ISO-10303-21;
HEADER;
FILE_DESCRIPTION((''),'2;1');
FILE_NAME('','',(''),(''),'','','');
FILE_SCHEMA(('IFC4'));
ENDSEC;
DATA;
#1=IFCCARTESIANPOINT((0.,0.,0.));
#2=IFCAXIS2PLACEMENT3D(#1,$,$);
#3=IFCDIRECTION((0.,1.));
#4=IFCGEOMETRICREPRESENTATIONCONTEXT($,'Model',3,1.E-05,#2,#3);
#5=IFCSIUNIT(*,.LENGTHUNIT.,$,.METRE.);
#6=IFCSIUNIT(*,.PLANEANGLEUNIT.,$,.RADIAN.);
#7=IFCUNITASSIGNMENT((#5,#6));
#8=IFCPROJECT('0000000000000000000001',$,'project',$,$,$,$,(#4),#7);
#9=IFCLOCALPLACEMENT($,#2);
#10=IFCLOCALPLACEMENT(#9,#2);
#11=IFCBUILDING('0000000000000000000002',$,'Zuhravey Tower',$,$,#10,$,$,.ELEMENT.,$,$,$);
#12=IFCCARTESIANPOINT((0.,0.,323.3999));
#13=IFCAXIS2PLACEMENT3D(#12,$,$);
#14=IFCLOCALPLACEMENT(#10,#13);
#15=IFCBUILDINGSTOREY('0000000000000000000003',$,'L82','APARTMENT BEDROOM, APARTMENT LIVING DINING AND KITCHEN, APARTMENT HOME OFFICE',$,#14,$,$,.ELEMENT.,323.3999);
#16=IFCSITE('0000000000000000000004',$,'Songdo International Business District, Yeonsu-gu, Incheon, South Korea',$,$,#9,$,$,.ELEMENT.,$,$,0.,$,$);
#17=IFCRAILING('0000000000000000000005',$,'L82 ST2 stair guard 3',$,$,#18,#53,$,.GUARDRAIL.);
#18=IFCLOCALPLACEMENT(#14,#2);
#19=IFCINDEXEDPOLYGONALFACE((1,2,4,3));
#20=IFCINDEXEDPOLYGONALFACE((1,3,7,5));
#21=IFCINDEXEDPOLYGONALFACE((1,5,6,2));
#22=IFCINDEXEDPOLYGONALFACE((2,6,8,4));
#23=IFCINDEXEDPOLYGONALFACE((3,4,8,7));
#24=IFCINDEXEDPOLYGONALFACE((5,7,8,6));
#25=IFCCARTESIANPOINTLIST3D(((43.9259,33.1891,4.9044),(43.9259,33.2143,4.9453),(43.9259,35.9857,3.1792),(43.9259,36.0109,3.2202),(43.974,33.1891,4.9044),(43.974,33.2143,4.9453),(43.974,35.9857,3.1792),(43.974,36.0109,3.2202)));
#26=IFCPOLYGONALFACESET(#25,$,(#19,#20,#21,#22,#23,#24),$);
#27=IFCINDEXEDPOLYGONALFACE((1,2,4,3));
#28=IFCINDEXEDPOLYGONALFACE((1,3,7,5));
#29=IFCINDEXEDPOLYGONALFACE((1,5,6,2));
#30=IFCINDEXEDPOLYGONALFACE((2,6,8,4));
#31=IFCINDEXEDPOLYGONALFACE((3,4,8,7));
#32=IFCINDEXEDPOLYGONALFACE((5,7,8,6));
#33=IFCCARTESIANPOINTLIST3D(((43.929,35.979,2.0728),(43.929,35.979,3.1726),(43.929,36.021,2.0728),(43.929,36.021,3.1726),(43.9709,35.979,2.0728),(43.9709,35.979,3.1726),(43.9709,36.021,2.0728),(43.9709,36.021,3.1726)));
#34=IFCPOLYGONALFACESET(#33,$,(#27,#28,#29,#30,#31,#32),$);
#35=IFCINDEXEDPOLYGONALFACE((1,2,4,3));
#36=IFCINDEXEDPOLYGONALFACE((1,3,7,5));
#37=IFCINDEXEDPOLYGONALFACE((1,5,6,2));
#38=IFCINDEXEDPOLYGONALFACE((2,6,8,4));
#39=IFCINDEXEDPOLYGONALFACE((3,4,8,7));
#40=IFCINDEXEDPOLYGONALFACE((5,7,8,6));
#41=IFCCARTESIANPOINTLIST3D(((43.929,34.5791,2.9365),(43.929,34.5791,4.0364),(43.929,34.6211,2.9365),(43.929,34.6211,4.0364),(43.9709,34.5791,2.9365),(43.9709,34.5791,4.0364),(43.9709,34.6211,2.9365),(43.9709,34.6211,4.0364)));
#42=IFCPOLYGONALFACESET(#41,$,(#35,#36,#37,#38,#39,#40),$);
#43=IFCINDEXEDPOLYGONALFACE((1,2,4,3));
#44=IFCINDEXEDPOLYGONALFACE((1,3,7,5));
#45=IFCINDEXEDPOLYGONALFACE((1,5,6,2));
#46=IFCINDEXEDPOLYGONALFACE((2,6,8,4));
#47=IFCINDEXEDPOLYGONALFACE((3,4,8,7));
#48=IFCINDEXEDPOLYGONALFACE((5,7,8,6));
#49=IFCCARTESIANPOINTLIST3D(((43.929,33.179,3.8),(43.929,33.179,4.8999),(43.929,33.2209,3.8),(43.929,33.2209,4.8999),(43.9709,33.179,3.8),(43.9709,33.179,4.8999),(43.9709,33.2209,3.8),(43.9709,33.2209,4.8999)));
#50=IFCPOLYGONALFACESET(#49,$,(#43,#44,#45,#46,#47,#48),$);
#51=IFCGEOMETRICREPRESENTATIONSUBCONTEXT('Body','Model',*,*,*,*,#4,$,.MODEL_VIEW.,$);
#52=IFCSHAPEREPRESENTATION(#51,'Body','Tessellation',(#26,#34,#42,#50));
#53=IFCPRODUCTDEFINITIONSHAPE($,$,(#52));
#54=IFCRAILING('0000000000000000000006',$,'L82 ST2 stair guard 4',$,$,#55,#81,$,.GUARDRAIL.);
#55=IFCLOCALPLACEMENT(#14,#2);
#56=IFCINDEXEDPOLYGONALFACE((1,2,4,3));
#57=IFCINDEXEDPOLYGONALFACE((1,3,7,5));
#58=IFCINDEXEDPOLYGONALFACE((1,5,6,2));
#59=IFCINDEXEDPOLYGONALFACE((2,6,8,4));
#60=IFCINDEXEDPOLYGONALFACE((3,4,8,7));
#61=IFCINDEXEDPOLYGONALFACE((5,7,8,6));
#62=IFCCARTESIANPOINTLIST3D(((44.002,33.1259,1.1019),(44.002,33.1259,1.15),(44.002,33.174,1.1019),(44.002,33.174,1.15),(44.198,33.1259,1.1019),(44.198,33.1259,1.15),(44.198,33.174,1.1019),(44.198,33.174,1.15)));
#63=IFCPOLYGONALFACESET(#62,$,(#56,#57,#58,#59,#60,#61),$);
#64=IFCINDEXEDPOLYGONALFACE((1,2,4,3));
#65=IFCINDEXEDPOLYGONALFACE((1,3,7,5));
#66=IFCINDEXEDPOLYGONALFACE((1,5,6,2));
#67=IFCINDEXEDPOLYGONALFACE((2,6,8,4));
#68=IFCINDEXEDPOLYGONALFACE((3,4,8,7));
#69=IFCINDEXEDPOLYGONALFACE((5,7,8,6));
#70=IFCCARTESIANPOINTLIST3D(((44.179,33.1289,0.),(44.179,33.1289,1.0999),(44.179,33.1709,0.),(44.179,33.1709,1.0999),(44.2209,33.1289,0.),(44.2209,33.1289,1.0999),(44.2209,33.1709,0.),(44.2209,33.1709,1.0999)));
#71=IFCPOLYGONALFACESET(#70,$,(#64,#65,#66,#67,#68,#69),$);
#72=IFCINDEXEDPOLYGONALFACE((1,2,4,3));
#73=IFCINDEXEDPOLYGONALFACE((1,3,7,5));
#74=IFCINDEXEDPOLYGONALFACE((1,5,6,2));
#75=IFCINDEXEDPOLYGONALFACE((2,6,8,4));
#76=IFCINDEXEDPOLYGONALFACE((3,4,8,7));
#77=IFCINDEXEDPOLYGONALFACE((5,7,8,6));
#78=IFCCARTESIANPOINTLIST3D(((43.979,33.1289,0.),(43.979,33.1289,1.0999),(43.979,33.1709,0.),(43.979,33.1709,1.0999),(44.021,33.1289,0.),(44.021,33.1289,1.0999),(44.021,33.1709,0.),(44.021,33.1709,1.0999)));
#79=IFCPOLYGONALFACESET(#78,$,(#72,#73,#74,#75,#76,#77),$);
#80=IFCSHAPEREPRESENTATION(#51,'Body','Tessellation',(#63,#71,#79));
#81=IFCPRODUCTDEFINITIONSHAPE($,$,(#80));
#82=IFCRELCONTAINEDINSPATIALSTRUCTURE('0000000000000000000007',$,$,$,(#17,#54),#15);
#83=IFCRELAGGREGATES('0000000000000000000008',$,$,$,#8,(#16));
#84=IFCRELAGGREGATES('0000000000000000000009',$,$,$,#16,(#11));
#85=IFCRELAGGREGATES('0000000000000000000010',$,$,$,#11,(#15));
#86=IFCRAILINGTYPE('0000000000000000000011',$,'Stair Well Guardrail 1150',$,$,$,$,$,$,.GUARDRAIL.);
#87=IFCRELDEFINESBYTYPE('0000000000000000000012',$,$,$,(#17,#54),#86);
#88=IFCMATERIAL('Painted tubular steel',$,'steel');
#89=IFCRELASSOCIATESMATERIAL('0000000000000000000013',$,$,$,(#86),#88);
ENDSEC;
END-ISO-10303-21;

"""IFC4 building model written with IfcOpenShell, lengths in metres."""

from ifc_helpers import new_model, si_unit, direction, frame, origin, origin_2d, place, context, subcontext, project, spatial, rectangle, extrude, material, type_object, element, save


model = new_model("IFC4")

# Units and contexts
model_context = context("Model", 3, precision=1e-05, world=origin(), true_north=direction((0.0, 1.0)))
body_context = subcontext(model_context, "Body", "Model", "MODEL_VIEW")
ifc_project = project(units=[si_unit("LENGTHUNIT", "METRE"), si_unit("PLANEANGLEUNIT", "RADIAN")], contexts=[model_context])

# Site, building, storey
site_placement = place(None, origin())
site = spatial("IfcSite", under=ifc_project, at=site_placement, Name="Songdo International Business District, Yeonsu-gu, Incheon, South Korea", CompositionType="ELEMENT", RefElevation=0.0)
building_placement = place(site_placement, origin())
building = spatial("IfcBuilding", under=site, at=building_placement, Name="Zuhravey Tower", CompositionType="ELEMENT")
storey_placement = place(building_placement, frame((0.0, 0.0, 323.3999)))
storey = spatial("IfcBuildingStorey", under=building, at=storey_placement, Name="L82", Description="APARTMENT BEDROOM, APARTMENT LIVING DINING AND KITCHEN, APARTMENT HOME OFFICE", CompositionType="ELEMENT", Elevation=323.3999)

# Railings
ifc_material_1 = material(Name="Painted tubular steel", Category="steel")
railing_type_1 = type_object("IfcRailingType", Name="Stair Well Guardrail 1150", PredefinedType="GUARDRAIL", material=ifc_material_1)
railing_1_placement = place(storey_placement, frame((43.95, 36.0, 2.0728)))
element("IfcRailing", 1, at=railing_1_placement, inside=storey, type_object=railing_type_1, Name="L82 ST2 stair guard 3", PredefinedType="GUARDRAIL", context=body_context, shape_type="SweptSolid", body=[
    extrude(rectangle(XDim=0.0481, YDim=0.0481, at=origin_2d()), frame((0.0, -0.0017, 1.127), z_axis=(0.0, -0.85109, 0.52502), x_axis=(1.0, 0.0, 0.0)), (0.0, 0.0, 1.0), 3.2859),
    extrude(rectangle(XDim=0.042, YDim=0.042, at=origin_2d()), origin(), (0.0, 0.0, 1.0), 1.0999),
    extrude(rectangle(XDim=0.042, YDim=0.042, at=origin_2d()), frame((0.0, -1.3999, 0.8638)), (0.0, 0.0, 1.0), 1.0999),
    extrude(rectangle(XDim=0.042, YDim=0.042, at=origin_2d()), frame((0.0, -2.8, 1.7273)), (0.0, 0.0, 1.0), 1.0999),
])
railing_2_placement = place(storey_placement, frame((44.2, 33.1499, 0.0)))
element("IfcRailing", 2, at=railing_2_placement, inside=storey, type_object=railing_type_1, Name="L82 ST2 stair guard 4", PredefinedType="GUARDRAIL", context=body_context, shape_type="SweptSolid", body=[
    extrude(rectangle(XDim=0.0481, YDim=0.0481, at=origin_2d()), frame((-0.002, 0.0, 1.126), z_axis=(-1.0, 0.0, 0.0), x_axis=(0.0, -1.0, 0.0)), (0.0, 0.0, 1.0), 0.196),
    extrude(rectangle(XDim=0.042, YDim=0.042, at=origin_2d()), origin(), (0.0, 0.0, 1.0), 1.0999),
    extrude(rectangle(XDim=0.042, YDim=0.042, at=origin_2d()), frame((-0.2, 0.0, 0.0)), (0.0, 0.0, 1.0), 1.0999),
])

save(model, "model.ifc")
